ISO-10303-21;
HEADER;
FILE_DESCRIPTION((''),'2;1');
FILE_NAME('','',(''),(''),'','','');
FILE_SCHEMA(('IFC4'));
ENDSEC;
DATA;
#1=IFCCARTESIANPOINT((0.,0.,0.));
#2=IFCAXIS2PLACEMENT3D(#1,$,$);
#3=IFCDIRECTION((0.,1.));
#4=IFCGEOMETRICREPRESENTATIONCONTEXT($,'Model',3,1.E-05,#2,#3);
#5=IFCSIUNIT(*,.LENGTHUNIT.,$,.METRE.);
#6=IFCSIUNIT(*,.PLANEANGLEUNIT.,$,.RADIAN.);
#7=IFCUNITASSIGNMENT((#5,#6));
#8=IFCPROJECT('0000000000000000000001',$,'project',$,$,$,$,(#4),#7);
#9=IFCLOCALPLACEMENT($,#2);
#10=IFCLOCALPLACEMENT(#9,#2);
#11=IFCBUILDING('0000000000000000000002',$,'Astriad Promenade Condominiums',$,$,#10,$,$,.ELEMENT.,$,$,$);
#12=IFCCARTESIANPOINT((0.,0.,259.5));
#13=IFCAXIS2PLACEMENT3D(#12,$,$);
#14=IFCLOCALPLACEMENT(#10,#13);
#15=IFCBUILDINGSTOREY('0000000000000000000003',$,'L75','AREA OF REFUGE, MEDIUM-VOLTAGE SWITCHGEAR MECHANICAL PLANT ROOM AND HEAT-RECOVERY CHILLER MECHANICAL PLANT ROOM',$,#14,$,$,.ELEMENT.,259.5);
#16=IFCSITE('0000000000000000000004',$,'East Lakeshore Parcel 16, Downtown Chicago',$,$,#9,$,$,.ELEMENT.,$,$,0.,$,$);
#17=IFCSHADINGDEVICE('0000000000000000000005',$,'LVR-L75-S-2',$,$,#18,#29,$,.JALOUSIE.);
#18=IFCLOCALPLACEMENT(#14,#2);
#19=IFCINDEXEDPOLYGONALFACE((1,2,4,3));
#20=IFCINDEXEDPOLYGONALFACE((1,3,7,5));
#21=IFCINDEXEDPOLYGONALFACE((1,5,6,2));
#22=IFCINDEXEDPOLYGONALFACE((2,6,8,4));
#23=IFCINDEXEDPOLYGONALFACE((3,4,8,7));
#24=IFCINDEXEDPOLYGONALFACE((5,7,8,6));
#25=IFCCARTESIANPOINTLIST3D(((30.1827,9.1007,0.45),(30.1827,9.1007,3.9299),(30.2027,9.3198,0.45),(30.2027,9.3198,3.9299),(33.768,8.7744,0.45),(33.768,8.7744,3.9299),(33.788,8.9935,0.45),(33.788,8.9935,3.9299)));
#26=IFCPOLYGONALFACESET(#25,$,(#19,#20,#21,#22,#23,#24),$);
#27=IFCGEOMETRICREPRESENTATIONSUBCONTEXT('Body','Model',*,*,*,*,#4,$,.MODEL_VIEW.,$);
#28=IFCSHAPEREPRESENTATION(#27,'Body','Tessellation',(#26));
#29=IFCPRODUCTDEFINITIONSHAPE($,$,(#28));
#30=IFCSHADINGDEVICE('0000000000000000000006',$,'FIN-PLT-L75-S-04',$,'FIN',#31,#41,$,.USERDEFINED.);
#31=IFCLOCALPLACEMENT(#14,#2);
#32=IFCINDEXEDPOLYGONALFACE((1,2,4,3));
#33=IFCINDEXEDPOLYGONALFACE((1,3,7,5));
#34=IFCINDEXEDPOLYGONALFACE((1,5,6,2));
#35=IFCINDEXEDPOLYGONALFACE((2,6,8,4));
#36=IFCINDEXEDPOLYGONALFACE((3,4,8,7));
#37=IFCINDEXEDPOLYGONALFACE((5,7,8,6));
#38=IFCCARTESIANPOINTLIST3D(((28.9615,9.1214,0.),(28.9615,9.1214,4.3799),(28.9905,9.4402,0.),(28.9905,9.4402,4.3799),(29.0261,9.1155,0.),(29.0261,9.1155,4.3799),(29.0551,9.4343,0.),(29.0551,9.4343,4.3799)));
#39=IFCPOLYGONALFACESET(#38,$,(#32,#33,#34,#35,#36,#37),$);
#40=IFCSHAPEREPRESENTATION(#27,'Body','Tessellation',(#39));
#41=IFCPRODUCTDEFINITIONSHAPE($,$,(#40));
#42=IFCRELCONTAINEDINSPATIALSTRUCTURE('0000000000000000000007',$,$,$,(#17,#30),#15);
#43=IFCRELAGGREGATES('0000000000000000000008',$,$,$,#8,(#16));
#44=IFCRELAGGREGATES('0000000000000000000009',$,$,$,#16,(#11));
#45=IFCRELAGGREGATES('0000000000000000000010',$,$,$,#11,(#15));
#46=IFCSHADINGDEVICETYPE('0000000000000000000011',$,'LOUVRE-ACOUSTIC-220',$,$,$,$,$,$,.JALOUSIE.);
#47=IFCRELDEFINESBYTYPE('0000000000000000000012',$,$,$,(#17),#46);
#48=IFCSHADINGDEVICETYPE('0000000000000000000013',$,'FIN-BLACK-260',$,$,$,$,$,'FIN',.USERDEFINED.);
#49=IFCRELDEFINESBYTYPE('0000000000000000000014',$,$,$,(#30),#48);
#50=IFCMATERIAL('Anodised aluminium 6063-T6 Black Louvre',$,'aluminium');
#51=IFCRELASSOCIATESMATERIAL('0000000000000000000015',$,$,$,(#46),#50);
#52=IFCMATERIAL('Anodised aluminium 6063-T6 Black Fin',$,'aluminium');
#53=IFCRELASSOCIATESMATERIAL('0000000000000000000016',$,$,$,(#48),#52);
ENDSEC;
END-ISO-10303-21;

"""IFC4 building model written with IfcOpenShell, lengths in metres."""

from ifc_helpers import new_model, si_unit, direction, frame, origin, origin_2d, place, context, subcontext, project, spatial, rectangle, extrude, source, transform, mapped, material, type_object, type_shapes, element, save


model = new_model("IFC4")

# Units and contexts
model_context = context("Model", 3, precision=1e-05, world=origin(), true_north=direction((0.0, 1.0)))
body_context = subcontext(model_context, "Body", "Model", "MODEL_VIEW")
ifc_project = project(units=[si_unit("LENGTHUNIT", "METRE"), si_unit("PLANEANGLEUNIT", "RADIAN")], contexts=[model_context])

# Site, building, storey
site_placement = place(None, origin())
site = spatial("IfcSite", under=ifc_project, at=site_placement, Name="East Lakeshore Parcel 16, Downtown Chicago", CompositionType="ELEMENT", RefElevation=0.0)
building_placement = place(site_placement, origin())
building = spatial("IfcBuilding", under=site, at=building_placement, Name="Astriad Promenade Condominiums", CompositionType="ELEMENT")
storey_placement = place(building_placement, frame((0.0, 0.0, 259.5)))
storey = spatial("IfcBuildingStorey", under=building, at=storey_placement, Name="L75", Description="AREA OF REFUGE, MEDIUM-VOLTAGE SWITCHGEAR MECHANICAL PLANT ROOM AND HEAT-RECOVERY CHILLER MECHANICAL PLANT ROOM", CompositionType="ELEMENT", Elevation=259.5)

# Shading devices
ifc_material_1 = material(Name="Anodised aluminium 6063-T6 Black Louvre", Category="aluminium")
shading_device_type_1 = type_object("IfcShadingDeviceType", Name="LOUVRE-ACOUSTIC-220", PredefinedType="JALOUSIE", material=ifc_material_1)
shared_shape_1 = source(origin(), body_context, "Body", "SweptSolid", [
    extrude(rectangle(XDim=3.6001, YDim=0.22, at=origin_2d()), origin(), (0.0, 0.0, 1.0), 3.48),
])
type_shapes(shading_device_type_1, [shared_shape_1])
shading_device_1_placement = place(storey_placement, frame((31.9854, 9.0471, 0.45), z_axis=(0.0, 0.0, 1.0), x_axis=(-0.995884, 0.090633, 0.0)))
element("IfcShadingDevice", 1, at=shading_device_1_placement, inside=storey, type_object=shading_device_type_1, Name="LVR-L75-S-2", PredefinedType="JALOUSIE", context=body_context, shape_type="MappedRepresentation", body=[
    mapped(shared_shape_1, transform((0.0, 0.0, 0.0), scale=1.0)),
])
ifc_material_2 = material(Name="Anodised aluminium 6063-T6 Black Fin", Category="aluminium")
shading_device_type_2 = type_object("IfcShadingDeviceType", Name="FIN-BLACK-260", ElementType="FIN", PredefinedType="USERDEFINED", material=ifc_material_2)
shared_shape_2 = source(origin(), body_context, "Body", "SweptSolid", [
    extrude(rectangle(XDim=0.0649, YDim=0.3201, at=origin_2d()), origin(), (0.0, 0.0, 1.0), 4.3799),
])
type_shapes(shading_device_type_2, [shared_shape_2])
shading_device_2_placement = place(storey_placement, frame((29.0083, 9.2778, 0.0), z_axis=(0.0, 0.0, 1.0), x_axis=(-0.995884, 0.090633, 0.0)))
element("IfcShadingDevice", 2, at=shading_device_2_placement, inside=storey, type_object=shading_device_type_2, Name="FIN-PLT-L75-S-04", ObjectType="FIN", PredefinedType="USERDEFINED", context=body_context, shape_type="MappedRepresentation", body=[
    mapped(shared_shape_2, transform((0.0, 0.0, 0.0), scale=1.0)),
])

save(model, "model.ifc")
